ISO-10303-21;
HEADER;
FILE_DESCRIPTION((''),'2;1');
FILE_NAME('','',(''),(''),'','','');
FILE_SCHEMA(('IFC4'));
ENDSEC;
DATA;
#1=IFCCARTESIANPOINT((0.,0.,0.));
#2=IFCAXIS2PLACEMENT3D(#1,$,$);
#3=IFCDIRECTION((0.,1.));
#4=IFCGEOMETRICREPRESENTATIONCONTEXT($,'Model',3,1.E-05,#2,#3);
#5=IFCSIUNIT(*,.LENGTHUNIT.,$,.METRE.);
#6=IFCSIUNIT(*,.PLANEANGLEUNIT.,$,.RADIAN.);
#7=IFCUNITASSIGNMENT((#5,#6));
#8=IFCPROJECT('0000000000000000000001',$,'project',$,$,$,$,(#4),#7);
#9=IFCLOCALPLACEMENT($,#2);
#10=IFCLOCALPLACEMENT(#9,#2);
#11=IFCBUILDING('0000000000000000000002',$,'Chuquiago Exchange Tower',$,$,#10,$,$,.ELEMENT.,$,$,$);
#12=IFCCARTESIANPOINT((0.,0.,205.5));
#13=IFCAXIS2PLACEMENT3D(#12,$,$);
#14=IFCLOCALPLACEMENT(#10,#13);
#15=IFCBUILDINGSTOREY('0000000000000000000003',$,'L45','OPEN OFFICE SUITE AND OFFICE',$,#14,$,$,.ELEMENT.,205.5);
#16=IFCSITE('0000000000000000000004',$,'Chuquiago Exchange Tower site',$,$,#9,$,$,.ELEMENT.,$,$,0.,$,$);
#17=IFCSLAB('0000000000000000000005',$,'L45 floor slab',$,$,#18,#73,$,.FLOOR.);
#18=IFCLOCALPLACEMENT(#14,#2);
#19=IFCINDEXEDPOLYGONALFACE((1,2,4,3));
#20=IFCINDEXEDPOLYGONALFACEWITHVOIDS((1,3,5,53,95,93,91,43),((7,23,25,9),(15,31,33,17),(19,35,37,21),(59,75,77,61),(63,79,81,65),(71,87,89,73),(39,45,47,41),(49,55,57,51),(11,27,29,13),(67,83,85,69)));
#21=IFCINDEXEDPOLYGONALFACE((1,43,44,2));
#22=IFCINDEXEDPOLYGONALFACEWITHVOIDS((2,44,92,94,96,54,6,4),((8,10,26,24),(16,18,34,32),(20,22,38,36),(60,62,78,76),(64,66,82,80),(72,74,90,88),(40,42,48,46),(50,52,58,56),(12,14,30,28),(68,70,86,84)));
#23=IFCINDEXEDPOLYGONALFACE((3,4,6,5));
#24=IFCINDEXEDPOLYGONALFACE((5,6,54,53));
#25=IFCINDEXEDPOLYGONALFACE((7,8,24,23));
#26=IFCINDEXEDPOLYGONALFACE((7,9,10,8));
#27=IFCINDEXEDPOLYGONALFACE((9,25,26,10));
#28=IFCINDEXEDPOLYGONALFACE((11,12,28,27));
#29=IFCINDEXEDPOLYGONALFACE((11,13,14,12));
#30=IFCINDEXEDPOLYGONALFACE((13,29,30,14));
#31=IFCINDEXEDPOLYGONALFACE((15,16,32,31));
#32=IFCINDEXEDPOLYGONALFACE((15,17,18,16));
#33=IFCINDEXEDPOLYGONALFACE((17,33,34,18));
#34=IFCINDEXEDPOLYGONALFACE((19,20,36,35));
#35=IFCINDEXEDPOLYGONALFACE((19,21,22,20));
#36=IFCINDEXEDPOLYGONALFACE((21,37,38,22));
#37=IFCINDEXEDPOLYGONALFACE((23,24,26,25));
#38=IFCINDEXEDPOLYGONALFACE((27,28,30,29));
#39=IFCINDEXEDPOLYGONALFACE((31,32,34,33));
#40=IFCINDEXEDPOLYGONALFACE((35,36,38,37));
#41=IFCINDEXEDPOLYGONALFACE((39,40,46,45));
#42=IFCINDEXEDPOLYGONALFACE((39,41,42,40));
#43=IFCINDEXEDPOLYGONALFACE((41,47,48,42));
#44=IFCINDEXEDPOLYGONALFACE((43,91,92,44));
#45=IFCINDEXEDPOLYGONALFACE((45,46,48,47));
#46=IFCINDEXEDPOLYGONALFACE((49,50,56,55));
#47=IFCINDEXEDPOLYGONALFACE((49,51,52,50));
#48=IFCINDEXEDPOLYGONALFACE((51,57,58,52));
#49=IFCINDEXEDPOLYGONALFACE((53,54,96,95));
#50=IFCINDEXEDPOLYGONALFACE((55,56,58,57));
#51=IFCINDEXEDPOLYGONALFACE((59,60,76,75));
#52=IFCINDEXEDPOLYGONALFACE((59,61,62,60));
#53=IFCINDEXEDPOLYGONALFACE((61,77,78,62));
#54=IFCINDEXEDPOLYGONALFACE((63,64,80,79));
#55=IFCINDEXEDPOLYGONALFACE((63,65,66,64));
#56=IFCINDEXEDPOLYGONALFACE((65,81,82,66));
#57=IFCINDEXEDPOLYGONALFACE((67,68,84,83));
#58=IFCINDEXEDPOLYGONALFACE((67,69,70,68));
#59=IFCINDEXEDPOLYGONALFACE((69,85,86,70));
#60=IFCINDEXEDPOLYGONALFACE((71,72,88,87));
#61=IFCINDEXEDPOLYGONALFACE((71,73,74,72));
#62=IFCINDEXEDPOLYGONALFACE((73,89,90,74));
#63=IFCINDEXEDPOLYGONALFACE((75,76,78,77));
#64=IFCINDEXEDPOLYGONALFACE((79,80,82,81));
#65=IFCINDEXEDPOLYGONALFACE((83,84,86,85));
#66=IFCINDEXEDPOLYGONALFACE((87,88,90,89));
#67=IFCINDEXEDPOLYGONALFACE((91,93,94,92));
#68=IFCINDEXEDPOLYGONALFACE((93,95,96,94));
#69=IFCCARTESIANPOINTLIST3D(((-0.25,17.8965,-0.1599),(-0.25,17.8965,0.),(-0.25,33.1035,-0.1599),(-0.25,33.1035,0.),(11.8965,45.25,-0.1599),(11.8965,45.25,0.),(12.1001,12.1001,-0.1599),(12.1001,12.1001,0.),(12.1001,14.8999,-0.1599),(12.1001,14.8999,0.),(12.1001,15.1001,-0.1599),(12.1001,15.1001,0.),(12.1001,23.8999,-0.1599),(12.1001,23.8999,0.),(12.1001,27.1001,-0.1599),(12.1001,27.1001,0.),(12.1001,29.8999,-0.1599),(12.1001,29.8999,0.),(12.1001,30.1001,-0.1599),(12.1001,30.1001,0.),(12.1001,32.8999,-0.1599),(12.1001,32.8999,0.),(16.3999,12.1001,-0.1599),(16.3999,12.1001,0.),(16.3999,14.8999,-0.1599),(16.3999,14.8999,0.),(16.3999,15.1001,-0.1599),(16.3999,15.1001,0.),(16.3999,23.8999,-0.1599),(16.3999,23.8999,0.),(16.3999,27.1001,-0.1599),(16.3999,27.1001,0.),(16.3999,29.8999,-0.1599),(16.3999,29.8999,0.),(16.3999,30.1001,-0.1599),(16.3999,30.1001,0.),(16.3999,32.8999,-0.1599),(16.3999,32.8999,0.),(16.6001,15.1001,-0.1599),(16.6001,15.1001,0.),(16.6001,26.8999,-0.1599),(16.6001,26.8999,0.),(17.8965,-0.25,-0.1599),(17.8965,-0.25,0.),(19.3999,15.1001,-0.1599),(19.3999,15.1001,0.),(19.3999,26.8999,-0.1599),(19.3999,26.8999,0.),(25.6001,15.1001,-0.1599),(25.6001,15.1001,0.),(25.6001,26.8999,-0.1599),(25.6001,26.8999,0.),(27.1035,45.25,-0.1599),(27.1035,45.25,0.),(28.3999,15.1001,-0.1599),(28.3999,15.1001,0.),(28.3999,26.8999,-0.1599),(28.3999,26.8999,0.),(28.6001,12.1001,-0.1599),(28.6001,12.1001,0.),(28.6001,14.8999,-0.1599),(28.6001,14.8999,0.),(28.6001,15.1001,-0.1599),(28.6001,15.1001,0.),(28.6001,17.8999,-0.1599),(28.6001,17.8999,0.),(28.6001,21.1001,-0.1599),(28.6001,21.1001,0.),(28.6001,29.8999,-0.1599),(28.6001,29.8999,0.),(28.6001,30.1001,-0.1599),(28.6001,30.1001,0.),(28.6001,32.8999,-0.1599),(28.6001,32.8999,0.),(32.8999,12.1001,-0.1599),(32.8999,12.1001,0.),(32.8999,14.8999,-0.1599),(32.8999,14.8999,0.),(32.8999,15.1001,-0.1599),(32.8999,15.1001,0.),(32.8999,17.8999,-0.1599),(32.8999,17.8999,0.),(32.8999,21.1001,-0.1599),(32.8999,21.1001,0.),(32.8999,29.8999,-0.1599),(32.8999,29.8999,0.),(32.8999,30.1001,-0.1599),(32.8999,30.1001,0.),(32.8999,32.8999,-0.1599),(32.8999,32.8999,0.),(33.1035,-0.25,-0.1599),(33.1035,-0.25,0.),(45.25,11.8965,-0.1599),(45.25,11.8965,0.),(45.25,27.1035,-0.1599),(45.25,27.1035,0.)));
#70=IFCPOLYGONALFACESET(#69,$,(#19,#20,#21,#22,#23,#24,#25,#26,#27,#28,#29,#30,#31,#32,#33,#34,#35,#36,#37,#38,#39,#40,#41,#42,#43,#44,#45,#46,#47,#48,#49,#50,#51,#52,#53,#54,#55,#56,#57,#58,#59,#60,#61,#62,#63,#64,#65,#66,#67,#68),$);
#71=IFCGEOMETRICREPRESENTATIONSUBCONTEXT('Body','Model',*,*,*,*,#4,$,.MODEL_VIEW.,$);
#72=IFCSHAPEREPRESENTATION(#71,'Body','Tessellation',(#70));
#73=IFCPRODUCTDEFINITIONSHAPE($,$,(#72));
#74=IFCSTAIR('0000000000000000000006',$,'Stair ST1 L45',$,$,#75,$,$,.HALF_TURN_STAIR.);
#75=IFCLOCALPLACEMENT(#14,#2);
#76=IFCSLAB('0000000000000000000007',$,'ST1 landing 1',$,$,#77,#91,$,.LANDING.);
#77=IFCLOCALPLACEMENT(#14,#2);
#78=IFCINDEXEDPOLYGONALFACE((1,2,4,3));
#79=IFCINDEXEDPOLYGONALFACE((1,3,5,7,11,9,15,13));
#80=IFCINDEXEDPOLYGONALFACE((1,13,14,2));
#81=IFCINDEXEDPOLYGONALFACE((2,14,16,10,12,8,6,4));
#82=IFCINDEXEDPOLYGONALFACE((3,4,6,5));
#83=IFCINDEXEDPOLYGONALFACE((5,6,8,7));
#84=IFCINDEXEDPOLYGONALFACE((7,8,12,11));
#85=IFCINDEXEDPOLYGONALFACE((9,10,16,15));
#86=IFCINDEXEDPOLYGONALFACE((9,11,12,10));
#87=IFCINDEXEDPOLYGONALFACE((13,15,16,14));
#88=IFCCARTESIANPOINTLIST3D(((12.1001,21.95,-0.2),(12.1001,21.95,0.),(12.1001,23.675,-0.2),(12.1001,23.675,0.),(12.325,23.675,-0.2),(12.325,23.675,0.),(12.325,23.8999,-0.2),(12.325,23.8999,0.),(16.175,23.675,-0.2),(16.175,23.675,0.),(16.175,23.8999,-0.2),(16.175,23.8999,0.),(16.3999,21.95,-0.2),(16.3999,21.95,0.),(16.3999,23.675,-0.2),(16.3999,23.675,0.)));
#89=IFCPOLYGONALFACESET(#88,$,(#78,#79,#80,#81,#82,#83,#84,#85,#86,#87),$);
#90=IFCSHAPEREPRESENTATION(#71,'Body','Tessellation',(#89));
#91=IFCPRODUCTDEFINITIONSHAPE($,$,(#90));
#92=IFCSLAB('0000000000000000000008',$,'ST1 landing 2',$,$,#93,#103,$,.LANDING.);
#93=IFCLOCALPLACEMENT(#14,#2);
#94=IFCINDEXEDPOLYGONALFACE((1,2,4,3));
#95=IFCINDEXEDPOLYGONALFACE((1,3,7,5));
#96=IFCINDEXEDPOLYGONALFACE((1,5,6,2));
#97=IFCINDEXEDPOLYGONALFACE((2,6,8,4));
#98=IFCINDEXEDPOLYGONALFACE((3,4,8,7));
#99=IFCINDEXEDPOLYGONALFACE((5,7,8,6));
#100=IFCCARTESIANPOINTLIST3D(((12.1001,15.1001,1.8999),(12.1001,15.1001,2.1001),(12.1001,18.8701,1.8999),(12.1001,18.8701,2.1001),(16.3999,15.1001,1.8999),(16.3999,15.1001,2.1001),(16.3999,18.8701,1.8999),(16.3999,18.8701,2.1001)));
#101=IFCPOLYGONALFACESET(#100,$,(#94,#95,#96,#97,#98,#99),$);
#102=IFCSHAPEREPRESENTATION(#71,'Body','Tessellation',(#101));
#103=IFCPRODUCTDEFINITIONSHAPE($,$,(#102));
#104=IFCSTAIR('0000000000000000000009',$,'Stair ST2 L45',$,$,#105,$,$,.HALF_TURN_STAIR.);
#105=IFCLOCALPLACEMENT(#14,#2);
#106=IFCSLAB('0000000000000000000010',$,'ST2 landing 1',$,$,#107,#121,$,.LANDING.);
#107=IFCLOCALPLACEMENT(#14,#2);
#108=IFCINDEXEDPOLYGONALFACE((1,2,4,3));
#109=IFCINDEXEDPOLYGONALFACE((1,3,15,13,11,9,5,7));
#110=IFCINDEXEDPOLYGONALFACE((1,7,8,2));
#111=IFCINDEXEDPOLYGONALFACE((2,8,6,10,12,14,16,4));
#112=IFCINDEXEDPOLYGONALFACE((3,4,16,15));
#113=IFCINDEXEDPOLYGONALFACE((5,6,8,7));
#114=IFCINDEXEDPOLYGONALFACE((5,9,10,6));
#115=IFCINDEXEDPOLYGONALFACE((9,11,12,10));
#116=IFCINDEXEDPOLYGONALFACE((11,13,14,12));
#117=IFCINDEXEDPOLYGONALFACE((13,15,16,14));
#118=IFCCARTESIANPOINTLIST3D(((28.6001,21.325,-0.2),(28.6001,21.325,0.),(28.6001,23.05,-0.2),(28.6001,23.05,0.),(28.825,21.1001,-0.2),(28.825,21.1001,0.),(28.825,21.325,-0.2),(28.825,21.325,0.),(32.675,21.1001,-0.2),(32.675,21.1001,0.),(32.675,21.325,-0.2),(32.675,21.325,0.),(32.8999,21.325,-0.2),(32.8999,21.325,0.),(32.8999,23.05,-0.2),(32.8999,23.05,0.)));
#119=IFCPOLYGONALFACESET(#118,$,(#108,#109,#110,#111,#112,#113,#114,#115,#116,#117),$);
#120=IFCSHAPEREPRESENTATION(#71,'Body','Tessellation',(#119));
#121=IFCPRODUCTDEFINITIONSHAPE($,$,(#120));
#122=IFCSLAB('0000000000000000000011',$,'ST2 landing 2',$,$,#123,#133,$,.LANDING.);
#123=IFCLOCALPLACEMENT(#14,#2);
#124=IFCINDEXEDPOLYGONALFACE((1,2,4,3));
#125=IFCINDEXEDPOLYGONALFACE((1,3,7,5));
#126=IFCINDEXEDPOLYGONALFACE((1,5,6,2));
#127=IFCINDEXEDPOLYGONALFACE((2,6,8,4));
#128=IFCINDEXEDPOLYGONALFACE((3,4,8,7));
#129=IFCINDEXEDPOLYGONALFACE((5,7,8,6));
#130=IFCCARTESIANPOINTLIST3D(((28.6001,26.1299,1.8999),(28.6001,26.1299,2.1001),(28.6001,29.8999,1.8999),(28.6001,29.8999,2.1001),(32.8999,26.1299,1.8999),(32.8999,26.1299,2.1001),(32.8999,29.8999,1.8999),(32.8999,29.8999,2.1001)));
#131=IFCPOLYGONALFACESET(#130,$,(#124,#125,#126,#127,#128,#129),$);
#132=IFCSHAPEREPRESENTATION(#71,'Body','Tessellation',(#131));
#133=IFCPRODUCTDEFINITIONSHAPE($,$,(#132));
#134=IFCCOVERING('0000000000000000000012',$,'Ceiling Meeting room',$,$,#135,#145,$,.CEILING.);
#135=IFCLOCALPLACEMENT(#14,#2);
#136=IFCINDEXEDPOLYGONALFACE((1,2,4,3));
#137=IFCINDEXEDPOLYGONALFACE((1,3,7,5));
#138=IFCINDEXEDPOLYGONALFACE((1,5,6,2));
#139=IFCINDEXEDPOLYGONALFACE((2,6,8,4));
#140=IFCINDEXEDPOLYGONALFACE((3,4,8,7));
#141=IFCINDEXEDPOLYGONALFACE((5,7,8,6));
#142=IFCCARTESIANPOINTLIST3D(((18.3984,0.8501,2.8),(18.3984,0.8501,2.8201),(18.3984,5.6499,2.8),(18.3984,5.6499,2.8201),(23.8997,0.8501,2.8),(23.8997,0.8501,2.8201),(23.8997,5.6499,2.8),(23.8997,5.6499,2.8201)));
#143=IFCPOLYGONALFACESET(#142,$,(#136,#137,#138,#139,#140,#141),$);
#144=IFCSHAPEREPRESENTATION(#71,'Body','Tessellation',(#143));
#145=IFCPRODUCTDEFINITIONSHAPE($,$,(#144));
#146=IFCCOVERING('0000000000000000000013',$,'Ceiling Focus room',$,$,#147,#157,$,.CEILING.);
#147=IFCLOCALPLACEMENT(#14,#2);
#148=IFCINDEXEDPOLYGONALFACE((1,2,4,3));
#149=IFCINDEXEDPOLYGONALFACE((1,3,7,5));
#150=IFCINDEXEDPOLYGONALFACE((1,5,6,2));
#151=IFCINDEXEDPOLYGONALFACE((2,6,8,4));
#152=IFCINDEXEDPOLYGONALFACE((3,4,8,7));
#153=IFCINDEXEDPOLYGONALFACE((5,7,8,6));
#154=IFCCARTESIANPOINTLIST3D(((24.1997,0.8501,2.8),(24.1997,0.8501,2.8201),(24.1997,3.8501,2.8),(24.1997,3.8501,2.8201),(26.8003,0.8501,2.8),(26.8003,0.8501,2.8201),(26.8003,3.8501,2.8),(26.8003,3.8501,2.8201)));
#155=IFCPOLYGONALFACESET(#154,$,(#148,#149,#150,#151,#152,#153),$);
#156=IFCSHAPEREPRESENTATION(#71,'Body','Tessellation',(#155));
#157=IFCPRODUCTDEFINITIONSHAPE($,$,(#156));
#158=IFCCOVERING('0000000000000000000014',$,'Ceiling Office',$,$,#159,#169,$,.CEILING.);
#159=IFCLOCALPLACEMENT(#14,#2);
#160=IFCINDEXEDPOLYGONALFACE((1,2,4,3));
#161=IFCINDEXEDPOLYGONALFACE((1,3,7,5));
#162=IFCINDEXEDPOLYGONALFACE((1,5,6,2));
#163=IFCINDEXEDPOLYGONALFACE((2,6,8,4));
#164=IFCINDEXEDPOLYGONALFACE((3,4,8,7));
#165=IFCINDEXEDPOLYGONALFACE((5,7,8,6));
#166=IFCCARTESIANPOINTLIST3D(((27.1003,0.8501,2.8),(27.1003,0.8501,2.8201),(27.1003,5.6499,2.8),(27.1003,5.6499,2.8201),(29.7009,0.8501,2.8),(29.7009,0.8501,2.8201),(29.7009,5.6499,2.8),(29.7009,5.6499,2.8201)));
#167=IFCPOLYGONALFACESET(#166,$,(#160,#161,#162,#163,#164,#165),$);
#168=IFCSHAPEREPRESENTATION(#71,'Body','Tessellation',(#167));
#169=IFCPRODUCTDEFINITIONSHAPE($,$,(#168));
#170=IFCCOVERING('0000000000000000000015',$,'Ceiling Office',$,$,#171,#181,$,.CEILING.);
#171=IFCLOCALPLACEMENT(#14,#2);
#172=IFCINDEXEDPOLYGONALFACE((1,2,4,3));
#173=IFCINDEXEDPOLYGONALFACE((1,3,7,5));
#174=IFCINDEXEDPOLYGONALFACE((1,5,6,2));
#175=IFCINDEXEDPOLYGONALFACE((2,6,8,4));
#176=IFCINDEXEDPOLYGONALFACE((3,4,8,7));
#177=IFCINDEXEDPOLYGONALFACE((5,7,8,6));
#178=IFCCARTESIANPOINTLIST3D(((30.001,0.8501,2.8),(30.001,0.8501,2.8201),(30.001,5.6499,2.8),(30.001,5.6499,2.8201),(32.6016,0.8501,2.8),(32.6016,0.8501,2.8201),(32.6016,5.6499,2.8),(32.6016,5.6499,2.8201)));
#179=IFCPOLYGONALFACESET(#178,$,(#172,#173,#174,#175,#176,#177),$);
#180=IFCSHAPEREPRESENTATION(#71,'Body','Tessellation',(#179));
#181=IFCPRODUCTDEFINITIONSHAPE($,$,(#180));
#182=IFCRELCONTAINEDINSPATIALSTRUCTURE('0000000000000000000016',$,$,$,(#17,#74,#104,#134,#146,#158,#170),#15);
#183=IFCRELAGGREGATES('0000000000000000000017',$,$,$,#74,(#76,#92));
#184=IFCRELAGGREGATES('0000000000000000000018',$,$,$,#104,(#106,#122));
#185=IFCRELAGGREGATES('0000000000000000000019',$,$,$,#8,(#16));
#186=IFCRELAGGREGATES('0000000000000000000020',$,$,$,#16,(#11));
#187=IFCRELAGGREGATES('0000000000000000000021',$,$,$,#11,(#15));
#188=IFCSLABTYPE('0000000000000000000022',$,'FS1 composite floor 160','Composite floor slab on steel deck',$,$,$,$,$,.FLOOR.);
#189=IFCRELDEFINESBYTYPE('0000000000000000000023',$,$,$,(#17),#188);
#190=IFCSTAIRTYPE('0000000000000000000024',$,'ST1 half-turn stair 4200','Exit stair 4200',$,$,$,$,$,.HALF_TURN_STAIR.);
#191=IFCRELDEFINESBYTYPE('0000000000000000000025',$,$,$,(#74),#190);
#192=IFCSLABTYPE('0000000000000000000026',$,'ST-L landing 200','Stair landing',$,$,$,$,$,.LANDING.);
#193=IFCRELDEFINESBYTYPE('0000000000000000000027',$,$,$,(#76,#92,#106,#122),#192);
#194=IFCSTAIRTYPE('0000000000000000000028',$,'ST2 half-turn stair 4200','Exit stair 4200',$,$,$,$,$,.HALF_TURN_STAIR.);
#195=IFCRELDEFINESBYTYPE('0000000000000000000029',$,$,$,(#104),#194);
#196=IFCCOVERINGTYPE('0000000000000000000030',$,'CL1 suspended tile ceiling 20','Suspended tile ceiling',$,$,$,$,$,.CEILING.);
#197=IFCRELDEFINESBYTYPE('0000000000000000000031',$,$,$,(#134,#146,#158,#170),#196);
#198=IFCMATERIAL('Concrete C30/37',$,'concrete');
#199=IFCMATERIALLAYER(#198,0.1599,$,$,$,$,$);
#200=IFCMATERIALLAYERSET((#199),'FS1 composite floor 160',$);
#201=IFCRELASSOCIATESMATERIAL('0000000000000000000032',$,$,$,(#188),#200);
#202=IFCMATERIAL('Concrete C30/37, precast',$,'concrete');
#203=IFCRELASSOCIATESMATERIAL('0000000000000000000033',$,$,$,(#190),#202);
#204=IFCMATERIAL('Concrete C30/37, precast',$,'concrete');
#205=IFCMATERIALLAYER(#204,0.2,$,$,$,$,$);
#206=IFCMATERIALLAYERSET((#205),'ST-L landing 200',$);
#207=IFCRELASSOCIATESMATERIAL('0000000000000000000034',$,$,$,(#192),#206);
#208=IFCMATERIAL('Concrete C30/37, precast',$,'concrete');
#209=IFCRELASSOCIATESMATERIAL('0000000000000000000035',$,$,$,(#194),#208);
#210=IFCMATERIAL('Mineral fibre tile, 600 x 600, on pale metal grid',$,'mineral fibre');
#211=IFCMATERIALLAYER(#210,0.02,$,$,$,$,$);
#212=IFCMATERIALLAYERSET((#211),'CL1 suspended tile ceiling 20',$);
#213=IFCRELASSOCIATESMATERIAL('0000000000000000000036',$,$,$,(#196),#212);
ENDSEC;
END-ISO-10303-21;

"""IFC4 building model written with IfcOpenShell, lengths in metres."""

from ifc_helpers import new_model, si_unit, direction, frame, origin, place, context, subcontext, project, spatial, polyline, outline, extrude, material, layer, layer_set, type_object, element, aggregate, save


model = new_model("IFC4")

# Units and contexts
model_context = context("Model", 3, precision=1e-05, world=origin(), true_north=direction((0.0, 1.0)))
body_context = subcontext(model_context, "Body", "Model", "MODEL_VIEW")
ifc_project = project(units=[si_unit("LENGTHUNIT", "METRE"), si_unit("PLANEANGLEUNIT", "RADIAN")], contexts=[model_context])

# Site, building, storey
site_placement = place(None, origin())
site = spatial("IfcSite", under=ifc_project, at=site_placement, Name="Chuquiago Exchange Tower site", CompositionType="ELEMENT", RefElevation=0.0)
building_placement = place(site_placement, origin())
building = spatial("IfcBuilding", under=site, at=building_placement, Name="Chuquiago Exchange Tower", CompositionType="ELEMENT")
storey_placement = place(building_placement, frame((0.0, 0.0, 205.5)))
storey = spatial("IfcBuildingStorey", under=building, at=storey_placement, Name="L45", Description="OPEN OFFICE SUITE AND OFFICE", CompositionType="ELEMENT", Elevation=205.5)

# Slab
ifc_material_1 = material(Name="Concrete C30/37", Category="concrete")
ifc_layer_1 = layer(ifc_material_1, 0.1599)
ifc_layer_set_1 = layer_set([ifc_layer_1], Name="FS1 composite floor 160")
slab_type_1 = type_object("IfcSlabType", Name="FS1 composite floor 160", Description="Composite floor slab on steel deck", PredefinedType="FLOOR", material=ifc_layer_set_1)
slab_1_placement = place(storey_placement, frame((0.0, 0.0, -0.1599)))
element("IfcSlab", 1, at=slab_1_placement, inside=storey, type_object=slab_type_1, Name="L45 floor slab", PredefinedType="FLOOR", context=body_context, shape_type="SweptSolid", body=[
    extrude(outline(polyline([(17.8965, -0.25), (-0.25, 17.8965), (-0.25, 33.1035), (11.8965, 45.25), (27.1035, 45.25), (45.25, 27.1035), (45.25, 11.8965), (33.1035, -0.25), (17.8965, -0.25)]), holes=[polyline([(16.3999, 15.1001), (12.1001, 15.1001), (12.1001, 23.8999), (16.3999, 23.8999), (16.3999, 15.1001)]), polyline([(32.8999, 21.1001), (28.6001, 21.1001), (28.6001, 29.8999), (32.8999, 29.8999), (32.8999, 21.1001)]), polyline([(16.3999, 12.1001), (12.1001, 12.1001), (12.1001, 14.8999), (16.3999, 14.8999), (16.3999, 12.1001)]), polyline([(16.3999, 30.1001), (12.1001, 30.1001), (12.1001, 32.8999), (16.3999, 32.8999), (16.3999, 30.1001)]), polyline([(32.8999, 12.1001), (28.6001, 12.1001), (28.6001, 14.8999), (32.8999, 14.8999), (32.8999, 12.1001)]), polyline([(32.8999, 30.1001), (28.6001, 30.1001), (28.6001, 32.8999), (32.8999, 32.8999), (32.8999, 30.1001)]), polyline([(16.3999, 27.1001), (12.1001, 27.1001), (12.1001, 29.8999), (16.3999, 29.8999), (16.3999, 27.1001)]), polyline([(32.8999, 15.1001), (28.6001, 15.1001), (28.6001, 17.8999), (32.8999, 17.8999), (32.8999, 15.1001)]), polyline([(19.3999, 15.1001), (16.6001, 15.1001), (16.6001, 26.8999), (19.3999, 26.8999), (19.3999, 15.1001)]), polyline([(28.3999, 15.1001), (25.6001, 15.1001), (25.6001, 26.8999), (28.3999, 26.8999), (28.3999, 15.1001)])]), origin(), (0.0, 0.0, 1.0), 0.1599),
])

# Stairs, slabs
ifc_material_2 = material(Name="Concrete C30/37, precast", Category="concrete")
stair_type_1 = type_object("IfcStairType", Name="ST1 half-turn stair 4200", Description="Exit stair 4200", PredefinedType="HALF_TURN_STAIR", material=ifc_material_2)
stair_1_placement = place(storey_placement, origin())
stair_1 = element("IfcStair", 2, at=stair_1_placement, inside=storey, type_object=stair_type_1, Name="Stair ST1 L45", PredefinedType="HALF_TURN_STAIR")
ifc_material_3 = material(Name="Concrete C30/37, precast", Category="concrete")
ifc_layer_2 = layer(ifc_material_3, 0.2)
ifc_layer_set_2 = layer_set([ifc_layer_2], Name="ST-L landing 200")
slab_type_2 = type_object("IfcSlabType", Name="ST-L landing 200", Description="Stair landing", PredefinedType="LANDING", material=ifc_layer_set_2)
slab_2_placement = place(storey_placement, frame((0.0, 0.0, -0.2)))
slab_2 = element("IfcSlab", 3, at=slab_2_placement, type_object=slab_type_2, Name="ST1 landing 1", PredefinedType="LANDING", context=body_context, shape_type="SweptSolid", body=[
    extrude(outline(polyline([(12.325, 23.8999), (16.175, 23.8999), (16.175, 23.675), (16.3999, 23.675), (16.3999, 21.95), (12.1001, 21.95), (12.1001, 23.675), (12.325, 23.675), (12.325, 23.8999)])), origin(), (0.0, 0.0, 1.0), 0.2),
])
slab_3_placement = place(storey_placement, frame((0.0, 0.0, 1.8999)))
slab_3 = element("IfcSlab", 4, at=slab_3_placement, type_object=slab_type_2, Name="ST1 landing 2", PredefinedType="LANDING", context=body_context, shape_type="SweptSolid", body=[
    extrude(outline(polyline([(12.1001, 18.8701), (16.3999, 18.8701), (16.3999, 15.1001), (12.1001, 15.1001), (12.1001, 18.8701)])), origin(), (0.0, 0.0, 1.0), 0.2002),
])
aggregate(stair_1, [slab_2, slab_3])
ifc_material_4 = material(Name="Concrete C30/37, precast", Category="concrete")
stair_type_2 = type_object("IfcStairType", Name="ST2 half-turn stair 4200", Description="Exit stair 4200", PredefinedType="HALF_TURN_STAIR", material=ifc_material_4)
stair_2_placement = place(storey_placement, origin())
stair_2 = element("IfcStair", 5, at=stair_2_placement, inside=storey, type_object=stair_type_2, Name="Stair ST2 L45", PredefinedType="HALF_TURN_STAIR")
slab_4_placement = place(storey_placement, frame((0.0, 0.0, -0.2)))
slab_4 = element("IfcSlab", 6, at=slab_4_placement, type_object=slab_type_2, Name="ST2 landing 1", PredefinedType="LANDING", context=body_context, shape_type="SweptSolid", body=[
    extrude(outline(polyline([(32.675, 21.325), (32.675, 21.1001), (28.825, 21.1001), (28.825, 21.325), (28.6001, 21.325), (28.6001, 23.05), (32.8999, 23.05), (32.8999, 21.325), (32.675, 21.325)])), origin(), (0.0, 0.0, 1.0), 0.2),
])
slab_5_placement = place(storey_placement, frame((0.0, 0.0, 1.8999)))
slab_5 = element("IfcSlab", 7, at=slab_5_placement, type_object=slab_type_2, Name="ST2 landing 2", PredefinedType="LANDING", context=body_context, shape_type="SweptSolid", body=[
    extrude(outline(polyline([(28.6001, 29.8999), (32.8999, 29.8999), (32.8999, 26.1299), (28.6001, 26.1299), (28.6001, 29.8999)])), origin(), (0.0, 0.0, 1.0), 0.2002),
])
aggregate(stair_2, [slab_4, slab_5])

# Coverings
ifc_material_5 = material(Name="Mineral fibre tile, 600 x 600, on pale metal grid", Category="mineral fibre")
ifc_layer_3 = layer(ifc_material_5, 0.02)
ifc_layer_set_3 = layer_set([ifc_layer_3], Name="CL1 suspended tile ceiling 20")
covering_type_1 = type_object("IfcCoveringType", Name="CL1 suspended tile ceiling 20", Description="Suspended tile ceiling", PredefinedType="CEILING", material=ifc_layer_set_3)
covering_1_placement = place(storey_placement, frame((0.0, 0.0, 2.8)))
element("IfcCovering", 8, at=covering_1_placement, inside=storey, type_object=covering_type_1, Name="Ceiling Meeting room", PredefinedType="CEILING", context=body_context, shape_type="SweptSolid", body=[
    extrude(outline(polyline([(18.3984, 5.6499), (23.8997, 5.6499), (23.8997, 0.8501), (18.3984, 0.8501), (18.3984, 5.6499)])), origin(), (0.0, 0.0, 1.0), 0.02),
])
covering_2_placement = place(storey_placement, frame((0.0, 0.0, 2.8)))
element("IfcCovering", 9, at=covering_2_placement, inside=storey, type_object=covering_type_1, Name="Ceiling Focus room", PredefinedType="CEILING", context=body_context, shape_type="SweptSolid", body=[
    extrude(outline(polyline([(24.1997, 3.8501), (26.8003, 3.8501), (26.8003, 0.8501), (24.1997, 0.8501), (24.1997, 3.8501)])), origin(), (0.0, 0.0, 1.0), 0.02),
])
covering_3_placement = place(storey_placement, frame((0.0, 0.0, 2.8)))
element("IfcCovering", 10, at=covering_3_placement, inside=storey, type_object=covering_type_1, Name="Ceiling Office", PredefinedType="CEILING", context=body_context, shape_type="SweptSolid", body=[
    extrude(outline(polyline([(27.1003, 5.6499), (29.7009, 5.6499), (29.7009, 0.8501), (27.1003, 0.8501), (27.1003, 5.6499)])), origin(), (0.0, 0.0, 1.0), 0.02),
])
covering_4_placement = place(storey_placement, frame((0.0, 0.0, 2.8)))
element("IfcCovering", 11, at=covering_4_placement, inside=storey, type_object=covering_type_1, Name="Ceiling Office", PredefinedType="CEILING", context=body_context, shape_type="SweptSolid", body=[
    extrude(outline(polyline([(30.001, 0.8501), (30.001, 5.6499), (32.6016, 5.6499), (32.6016, 0.8501), (30.001, 0.8501)])), origin(), (0.0, 0.0, 1.0), 0.02),
])

save(model, "model.ifc")
